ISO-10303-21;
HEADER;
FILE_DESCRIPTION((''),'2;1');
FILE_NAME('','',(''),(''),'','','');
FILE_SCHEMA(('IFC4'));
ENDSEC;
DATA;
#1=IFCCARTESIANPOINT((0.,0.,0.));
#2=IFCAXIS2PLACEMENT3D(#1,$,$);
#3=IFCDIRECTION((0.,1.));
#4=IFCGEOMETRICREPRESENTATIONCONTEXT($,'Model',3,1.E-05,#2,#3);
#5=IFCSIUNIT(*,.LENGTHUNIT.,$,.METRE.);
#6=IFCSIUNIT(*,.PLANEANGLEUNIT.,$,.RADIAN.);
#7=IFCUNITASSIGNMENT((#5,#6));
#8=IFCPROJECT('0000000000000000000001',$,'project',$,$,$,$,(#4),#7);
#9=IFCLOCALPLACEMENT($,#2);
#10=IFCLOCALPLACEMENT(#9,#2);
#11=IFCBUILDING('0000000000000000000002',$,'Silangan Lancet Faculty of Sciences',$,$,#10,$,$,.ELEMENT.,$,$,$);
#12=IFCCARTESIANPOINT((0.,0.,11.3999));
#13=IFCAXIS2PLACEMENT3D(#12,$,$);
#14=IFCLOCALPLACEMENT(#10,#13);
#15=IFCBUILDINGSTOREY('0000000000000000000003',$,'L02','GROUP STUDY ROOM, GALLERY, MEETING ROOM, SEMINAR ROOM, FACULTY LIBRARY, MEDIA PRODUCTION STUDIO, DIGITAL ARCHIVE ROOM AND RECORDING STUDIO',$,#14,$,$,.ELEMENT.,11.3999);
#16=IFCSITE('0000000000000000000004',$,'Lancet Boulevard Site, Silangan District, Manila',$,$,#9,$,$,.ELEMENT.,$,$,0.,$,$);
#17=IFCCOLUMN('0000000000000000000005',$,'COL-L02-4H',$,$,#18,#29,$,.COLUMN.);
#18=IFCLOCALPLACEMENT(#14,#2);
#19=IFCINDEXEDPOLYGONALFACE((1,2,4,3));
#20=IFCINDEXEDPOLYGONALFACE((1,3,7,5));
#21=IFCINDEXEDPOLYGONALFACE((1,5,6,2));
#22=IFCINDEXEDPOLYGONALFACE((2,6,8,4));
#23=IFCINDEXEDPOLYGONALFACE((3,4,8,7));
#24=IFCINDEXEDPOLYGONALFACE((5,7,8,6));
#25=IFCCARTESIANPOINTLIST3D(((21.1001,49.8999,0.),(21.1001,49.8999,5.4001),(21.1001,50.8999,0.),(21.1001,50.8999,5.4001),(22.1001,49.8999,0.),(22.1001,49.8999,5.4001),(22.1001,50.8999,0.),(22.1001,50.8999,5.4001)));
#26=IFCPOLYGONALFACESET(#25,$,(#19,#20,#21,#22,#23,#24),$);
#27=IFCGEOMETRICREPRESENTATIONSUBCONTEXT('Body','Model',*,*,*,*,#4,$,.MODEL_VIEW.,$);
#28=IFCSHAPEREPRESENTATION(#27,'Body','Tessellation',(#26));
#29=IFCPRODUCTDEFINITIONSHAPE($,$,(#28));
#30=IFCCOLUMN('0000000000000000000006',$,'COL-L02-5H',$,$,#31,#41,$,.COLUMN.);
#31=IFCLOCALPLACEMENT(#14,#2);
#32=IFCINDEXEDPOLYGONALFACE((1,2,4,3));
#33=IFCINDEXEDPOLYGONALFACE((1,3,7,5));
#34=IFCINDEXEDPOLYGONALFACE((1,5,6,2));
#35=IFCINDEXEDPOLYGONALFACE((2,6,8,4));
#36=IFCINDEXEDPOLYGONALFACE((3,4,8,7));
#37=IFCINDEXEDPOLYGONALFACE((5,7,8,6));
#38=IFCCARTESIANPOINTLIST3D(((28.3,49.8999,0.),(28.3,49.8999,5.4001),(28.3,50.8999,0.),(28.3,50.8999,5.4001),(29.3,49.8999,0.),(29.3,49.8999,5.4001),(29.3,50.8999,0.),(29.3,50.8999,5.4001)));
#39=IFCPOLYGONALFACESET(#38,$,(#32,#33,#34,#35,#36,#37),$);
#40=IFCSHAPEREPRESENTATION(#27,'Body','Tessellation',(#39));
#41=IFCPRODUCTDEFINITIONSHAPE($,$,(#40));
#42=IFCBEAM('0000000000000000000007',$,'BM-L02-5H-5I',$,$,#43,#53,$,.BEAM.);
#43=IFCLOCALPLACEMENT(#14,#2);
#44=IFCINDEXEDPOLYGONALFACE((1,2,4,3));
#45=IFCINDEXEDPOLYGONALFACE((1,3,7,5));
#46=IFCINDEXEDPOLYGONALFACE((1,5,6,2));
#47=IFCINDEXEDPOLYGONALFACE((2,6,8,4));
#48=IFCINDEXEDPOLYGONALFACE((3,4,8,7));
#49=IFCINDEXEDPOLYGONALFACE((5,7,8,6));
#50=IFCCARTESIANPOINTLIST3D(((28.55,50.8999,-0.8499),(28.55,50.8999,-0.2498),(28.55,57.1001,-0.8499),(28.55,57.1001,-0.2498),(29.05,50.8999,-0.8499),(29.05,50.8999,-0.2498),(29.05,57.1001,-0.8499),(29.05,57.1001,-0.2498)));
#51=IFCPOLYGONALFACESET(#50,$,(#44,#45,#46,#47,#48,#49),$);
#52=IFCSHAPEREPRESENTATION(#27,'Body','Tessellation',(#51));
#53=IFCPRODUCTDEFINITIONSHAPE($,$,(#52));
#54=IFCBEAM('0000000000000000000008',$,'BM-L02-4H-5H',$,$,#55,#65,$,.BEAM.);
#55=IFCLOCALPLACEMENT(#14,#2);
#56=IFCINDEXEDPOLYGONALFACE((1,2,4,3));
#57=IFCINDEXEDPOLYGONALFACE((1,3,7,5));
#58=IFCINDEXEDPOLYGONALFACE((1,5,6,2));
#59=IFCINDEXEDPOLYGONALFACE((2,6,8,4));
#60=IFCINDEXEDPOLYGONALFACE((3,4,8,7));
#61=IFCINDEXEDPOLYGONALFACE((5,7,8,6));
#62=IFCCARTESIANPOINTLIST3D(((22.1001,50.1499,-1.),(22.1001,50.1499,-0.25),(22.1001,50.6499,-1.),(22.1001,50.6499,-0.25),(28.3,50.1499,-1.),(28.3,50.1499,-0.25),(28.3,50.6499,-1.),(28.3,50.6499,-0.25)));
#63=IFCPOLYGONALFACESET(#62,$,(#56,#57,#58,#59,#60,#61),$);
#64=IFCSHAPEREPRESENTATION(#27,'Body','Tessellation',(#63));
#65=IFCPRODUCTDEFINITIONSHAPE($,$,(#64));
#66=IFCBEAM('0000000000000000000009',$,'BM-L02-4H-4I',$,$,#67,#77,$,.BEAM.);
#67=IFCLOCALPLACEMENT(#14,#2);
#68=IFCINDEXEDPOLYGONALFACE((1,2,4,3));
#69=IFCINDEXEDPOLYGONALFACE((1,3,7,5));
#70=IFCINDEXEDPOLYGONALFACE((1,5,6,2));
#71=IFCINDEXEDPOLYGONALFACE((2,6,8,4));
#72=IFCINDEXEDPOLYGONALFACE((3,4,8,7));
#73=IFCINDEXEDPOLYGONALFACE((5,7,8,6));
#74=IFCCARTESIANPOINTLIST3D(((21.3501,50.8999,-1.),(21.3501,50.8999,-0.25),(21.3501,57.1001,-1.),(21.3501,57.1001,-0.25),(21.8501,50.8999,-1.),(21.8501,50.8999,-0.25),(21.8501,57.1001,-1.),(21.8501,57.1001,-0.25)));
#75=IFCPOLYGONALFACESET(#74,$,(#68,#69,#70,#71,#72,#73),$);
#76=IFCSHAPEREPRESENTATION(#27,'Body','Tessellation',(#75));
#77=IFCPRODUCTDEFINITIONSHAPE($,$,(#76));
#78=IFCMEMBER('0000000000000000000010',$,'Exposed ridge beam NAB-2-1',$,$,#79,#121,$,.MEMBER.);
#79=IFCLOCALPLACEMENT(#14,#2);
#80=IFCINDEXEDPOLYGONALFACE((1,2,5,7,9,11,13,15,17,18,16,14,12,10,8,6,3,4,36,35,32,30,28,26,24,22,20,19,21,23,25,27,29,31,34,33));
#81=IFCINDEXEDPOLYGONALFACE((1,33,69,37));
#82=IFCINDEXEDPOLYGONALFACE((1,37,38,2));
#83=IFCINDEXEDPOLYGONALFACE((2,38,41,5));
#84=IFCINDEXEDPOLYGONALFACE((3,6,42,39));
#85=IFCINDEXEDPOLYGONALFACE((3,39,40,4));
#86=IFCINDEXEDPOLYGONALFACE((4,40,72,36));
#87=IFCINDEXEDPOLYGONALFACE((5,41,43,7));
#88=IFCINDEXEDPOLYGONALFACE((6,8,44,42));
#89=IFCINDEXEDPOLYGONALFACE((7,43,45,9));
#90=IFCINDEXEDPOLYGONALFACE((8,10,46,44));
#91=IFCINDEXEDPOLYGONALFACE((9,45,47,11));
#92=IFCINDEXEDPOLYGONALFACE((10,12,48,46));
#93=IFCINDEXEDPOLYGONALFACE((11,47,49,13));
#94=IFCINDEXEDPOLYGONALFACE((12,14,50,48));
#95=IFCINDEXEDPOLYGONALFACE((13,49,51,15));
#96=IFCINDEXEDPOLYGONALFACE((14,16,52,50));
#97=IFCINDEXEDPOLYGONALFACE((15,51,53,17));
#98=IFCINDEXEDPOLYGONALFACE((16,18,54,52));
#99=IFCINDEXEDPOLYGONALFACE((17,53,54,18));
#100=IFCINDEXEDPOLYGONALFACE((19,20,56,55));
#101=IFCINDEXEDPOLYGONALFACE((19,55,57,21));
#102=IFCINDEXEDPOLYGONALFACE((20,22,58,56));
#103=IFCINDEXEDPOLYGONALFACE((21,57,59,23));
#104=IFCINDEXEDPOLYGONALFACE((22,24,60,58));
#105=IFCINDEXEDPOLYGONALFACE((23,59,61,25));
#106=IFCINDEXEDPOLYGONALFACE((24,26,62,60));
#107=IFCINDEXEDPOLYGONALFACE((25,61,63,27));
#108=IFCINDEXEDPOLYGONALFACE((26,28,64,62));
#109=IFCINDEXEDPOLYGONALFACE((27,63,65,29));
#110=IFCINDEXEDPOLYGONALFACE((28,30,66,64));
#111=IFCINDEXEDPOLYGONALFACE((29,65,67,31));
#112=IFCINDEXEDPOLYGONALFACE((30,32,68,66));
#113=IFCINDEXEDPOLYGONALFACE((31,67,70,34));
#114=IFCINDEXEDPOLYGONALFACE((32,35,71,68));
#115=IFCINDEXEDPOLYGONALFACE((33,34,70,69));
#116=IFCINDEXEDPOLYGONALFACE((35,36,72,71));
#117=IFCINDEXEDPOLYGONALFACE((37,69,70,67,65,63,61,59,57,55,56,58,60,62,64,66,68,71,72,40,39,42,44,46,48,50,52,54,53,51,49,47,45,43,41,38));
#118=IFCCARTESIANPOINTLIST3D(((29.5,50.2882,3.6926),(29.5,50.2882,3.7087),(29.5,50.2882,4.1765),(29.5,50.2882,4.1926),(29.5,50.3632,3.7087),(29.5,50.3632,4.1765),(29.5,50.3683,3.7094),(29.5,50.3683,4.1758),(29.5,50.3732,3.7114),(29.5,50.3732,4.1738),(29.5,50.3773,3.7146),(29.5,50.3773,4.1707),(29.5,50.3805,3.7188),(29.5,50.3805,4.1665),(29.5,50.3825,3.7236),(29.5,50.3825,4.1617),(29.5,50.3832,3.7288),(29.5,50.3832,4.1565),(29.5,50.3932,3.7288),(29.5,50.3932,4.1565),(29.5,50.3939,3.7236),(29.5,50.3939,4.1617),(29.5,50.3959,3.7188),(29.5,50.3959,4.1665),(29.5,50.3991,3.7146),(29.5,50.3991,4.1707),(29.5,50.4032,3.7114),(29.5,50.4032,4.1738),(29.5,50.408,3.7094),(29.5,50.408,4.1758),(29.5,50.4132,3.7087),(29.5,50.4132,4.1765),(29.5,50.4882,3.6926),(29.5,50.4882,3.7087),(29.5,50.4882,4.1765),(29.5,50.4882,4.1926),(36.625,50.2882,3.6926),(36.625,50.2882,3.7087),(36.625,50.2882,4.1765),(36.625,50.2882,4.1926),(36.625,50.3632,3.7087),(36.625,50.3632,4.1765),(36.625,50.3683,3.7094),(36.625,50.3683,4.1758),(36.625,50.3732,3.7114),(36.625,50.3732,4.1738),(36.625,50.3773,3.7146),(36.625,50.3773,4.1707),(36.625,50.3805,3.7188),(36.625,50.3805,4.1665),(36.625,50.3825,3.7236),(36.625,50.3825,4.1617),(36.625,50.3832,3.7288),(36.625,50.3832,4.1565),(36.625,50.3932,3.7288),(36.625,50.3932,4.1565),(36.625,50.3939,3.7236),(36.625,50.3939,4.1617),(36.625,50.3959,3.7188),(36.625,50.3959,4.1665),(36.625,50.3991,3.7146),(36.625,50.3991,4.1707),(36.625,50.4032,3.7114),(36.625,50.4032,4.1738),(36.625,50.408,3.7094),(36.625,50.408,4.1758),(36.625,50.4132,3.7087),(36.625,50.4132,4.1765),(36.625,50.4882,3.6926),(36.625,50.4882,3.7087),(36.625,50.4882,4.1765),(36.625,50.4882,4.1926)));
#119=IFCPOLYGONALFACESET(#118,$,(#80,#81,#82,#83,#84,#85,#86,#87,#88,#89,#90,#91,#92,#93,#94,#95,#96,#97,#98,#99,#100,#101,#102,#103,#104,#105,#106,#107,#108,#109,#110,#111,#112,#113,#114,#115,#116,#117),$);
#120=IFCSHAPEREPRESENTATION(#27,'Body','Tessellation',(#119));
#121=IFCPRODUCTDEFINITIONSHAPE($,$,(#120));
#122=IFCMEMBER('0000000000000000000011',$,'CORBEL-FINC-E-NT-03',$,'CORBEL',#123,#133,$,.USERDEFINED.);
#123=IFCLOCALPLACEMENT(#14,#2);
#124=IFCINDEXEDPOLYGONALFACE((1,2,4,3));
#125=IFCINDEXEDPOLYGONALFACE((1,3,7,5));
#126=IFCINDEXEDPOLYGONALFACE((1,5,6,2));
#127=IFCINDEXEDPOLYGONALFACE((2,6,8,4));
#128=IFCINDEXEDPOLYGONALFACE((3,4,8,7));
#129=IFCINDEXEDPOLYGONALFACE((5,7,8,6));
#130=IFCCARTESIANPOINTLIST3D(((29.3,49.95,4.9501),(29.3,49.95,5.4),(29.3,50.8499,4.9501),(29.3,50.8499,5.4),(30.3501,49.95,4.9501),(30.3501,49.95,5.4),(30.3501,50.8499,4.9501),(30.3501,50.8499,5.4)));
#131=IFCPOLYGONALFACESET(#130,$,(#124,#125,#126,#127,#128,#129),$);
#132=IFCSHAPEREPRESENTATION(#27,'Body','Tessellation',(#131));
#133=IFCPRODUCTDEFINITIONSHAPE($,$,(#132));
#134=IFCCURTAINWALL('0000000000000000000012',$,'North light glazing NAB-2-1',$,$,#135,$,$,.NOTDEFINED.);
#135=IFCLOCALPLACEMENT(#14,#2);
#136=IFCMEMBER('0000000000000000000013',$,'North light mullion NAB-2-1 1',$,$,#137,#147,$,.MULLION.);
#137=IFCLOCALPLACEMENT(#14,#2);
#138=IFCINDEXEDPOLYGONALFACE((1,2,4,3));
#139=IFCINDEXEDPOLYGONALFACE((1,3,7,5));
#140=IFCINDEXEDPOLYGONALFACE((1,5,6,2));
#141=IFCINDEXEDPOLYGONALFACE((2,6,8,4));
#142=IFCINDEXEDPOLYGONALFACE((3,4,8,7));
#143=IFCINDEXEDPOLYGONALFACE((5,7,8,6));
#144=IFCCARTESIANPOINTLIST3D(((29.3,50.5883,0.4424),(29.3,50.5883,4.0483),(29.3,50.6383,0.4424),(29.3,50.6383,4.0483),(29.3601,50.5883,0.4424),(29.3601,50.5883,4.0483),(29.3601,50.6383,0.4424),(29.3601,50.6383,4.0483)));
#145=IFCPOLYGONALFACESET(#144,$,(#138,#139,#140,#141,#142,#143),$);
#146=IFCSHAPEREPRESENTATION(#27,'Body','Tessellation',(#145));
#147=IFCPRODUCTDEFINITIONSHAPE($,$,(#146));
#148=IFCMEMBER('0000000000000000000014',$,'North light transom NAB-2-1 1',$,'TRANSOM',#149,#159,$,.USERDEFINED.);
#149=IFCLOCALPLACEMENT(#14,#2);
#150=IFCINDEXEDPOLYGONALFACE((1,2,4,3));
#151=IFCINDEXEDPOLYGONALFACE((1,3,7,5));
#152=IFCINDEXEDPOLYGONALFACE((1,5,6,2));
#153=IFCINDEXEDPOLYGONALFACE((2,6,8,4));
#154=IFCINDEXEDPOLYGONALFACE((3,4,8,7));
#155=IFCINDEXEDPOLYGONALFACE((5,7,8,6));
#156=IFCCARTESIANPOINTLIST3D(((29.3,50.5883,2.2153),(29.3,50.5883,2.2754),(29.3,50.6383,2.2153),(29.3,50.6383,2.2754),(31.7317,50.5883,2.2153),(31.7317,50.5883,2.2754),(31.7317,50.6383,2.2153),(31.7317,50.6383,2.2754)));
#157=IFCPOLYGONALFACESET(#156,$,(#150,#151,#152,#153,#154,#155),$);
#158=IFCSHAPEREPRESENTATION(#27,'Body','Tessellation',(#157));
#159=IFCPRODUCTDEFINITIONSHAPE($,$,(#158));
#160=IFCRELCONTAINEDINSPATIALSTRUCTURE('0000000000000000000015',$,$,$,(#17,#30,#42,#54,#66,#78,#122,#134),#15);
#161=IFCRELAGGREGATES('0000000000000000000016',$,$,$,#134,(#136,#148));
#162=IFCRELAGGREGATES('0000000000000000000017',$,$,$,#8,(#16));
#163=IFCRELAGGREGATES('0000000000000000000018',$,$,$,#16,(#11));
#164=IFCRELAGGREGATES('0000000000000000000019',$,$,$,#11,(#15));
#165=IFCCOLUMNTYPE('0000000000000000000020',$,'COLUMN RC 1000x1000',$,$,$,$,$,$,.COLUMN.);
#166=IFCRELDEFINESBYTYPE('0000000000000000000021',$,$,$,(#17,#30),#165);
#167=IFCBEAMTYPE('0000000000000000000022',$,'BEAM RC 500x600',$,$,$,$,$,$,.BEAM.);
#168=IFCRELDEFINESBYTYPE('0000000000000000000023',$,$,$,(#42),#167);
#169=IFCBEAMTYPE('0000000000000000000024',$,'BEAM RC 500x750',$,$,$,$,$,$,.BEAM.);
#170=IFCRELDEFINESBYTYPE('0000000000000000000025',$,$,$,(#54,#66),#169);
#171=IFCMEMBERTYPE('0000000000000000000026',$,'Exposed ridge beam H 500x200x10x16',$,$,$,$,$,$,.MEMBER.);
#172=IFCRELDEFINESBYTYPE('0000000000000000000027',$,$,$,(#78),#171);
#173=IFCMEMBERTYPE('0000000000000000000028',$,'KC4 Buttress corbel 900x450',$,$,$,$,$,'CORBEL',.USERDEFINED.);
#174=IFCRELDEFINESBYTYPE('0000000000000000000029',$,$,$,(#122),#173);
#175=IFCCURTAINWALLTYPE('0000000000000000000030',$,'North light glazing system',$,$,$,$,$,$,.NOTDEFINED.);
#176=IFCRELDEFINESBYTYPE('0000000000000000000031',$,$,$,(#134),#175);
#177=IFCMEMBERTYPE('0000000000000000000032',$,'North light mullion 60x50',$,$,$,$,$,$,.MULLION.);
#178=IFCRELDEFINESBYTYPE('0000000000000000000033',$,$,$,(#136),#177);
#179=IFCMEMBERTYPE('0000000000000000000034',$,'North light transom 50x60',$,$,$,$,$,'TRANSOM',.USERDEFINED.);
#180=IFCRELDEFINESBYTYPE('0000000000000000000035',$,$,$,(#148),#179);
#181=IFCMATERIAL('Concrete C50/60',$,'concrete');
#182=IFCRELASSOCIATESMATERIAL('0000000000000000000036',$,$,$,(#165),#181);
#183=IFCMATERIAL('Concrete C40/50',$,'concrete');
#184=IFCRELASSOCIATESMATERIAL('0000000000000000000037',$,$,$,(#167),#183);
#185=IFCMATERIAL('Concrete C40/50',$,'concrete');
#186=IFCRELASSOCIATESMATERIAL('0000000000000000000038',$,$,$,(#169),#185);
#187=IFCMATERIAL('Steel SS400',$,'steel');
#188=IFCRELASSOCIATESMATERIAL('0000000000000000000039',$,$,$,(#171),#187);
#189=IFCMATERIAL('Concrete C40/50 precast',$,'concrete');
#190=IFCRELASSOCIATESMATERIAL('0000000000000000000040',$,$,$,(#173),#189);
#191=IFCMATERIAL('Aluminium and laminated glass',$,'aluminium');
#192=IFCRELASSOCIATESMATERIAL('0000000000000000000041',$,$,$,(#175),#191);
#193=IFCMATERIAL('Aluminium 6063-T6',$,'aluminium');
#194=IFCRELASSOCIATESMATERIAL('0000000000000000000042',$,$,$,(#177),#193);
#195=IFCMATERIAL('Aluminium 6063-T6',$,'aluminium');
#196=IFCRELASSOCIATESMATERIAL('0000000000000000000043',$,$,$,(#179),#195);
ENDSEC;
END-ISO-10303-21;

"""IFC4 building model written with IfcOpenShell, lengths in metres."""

from ifc_helpers import new_model, si_unit, direction, frame, origin, origin_2d, place, context, subcontext, project, spatial, rectangle, i_section, extrude, material, material_profile, profile_set, type_object, element, aggregate, save


model = new_model("IFC4")

# Units and contexts
model_context = context("Model", 3, precision=1e-05, world=origin(), true_north=direction((0.0, 1.0)))
body_context = subcontext(model_context, "Body", "Model", "MODEL_VIEW")
ifc_project = project(units=[si_unit("LENGTHUNIT", "METRE"), si_unit("PLANEANGLEUNIT", "RADIAN")], contexts=[model_context])

# Site, building, storey
site_placement = place(None, origin())
site = spatial("IfcSite", under=ifc_project, at=site_placement, Name="Lancet Boulevard Site, Silangan District, Manila", CompositionType="ELEMENT", RefElevation=0.0)
building_placement = place(site_placement, origin())
building = spatial("IfcBuilding", under=site, at=building_placement, Name="Silangan Lancet Faculty of Sciences", CompositionType="ELEMENT")
storey_placement = place(building_placement, frame((0.0, 0.0, 11.3999)))
storey = spatial("IfcBuildingStorey", under=building, at=storey_placement, Name="L02", Description="GROUP STUDY ROOM, GALLERY, MEETING ROOM, SEMINAR ROOM, FACULTY LIBRARY, MEDIA PRODUCTION STUDIO, DIGITAL ARCHIVE ROOM AND RECORDING STUDIO", CompositionType="ELEMENT", Elevation=11.3999)

# Columns
ifc_material_1 = material(Name="Concrete C50/60", Category="concrete")
ifc_material_profile_1 = material_profile(ifc_material_1, rectangle(XDim=1.0, YDim=1.0, at=origin_2d()), Name="RC 1000x1000")
ifc_profile_set_1 = profile_set([ifc_material_profile_1], Name="Concrete C50/60")
column_type = type_object("IfcColumnType", Name="COLUMN RC 1000x1000", PredefinedType="COLUMN", material=ifc_profile_set_1)
for number, where, z_axis, x_axis, name in (
    (1, (21.6001, 50.3999, 0.0), (0.0, 0.0, 1.0), (1.0, 0.0, 0.0), "COL-L02-4H"),
    (2, (28.8, 50.3999, 0.0), (0.0, 0.0, 1.0), (1.0, 0.0, 0.0), "COL-L02-5H"),
):
    element("IfcColumn", number, at=place(storey_placement, frame(where, z_axis=z_axis, x_axis=x_axis)), inside=storey, type_object=column_type, Name=name, PredefinedType="COLUMN", context=body_context, shape_type="SweptSolid", body=[
        extrude(rectangle(XDim=1.0, YDim=1.0, at=origin_2d()), origin(), (0.0, 0.0, 1.0), 5.4001),
    ])

# Beams
ifc_material_2 = material(Name="Concrete C40/50", Category="concrete")
ifc_material_profile_2 = material_profile(ifc_material_2, rectangle(XDim=0.5, YDim=0.6001, at=origin_2d()), Name="RC 500x600")
ifc_profile_set_2 = profile_set([ifc_material_profile_2], Name="Concrete C40/50")
beam_type_1 = type_object("IfcBeamType", Name="BEAM RC 500x600", PredefinedType="BEAM", material=ifc_profile_set_2)
beam_1_placement = place(storey_placement, frame((28.8, 50.8999, -0.5498), z_axis=(0.0, 1.0, 0.0), x_axis=(-1.0, 0.0, 0.0)))
element("IfcBeam", 3, at=beam_1_placement, inside=storey, type_object=beam_type_1, Name="BM-L02-5H-5I", PredefinedType="BEAM", context=body_context, shape_type="SweptSolid", body=[
    extrude(rectangle(XDim=0.5, YDim=0.6001, at=origin_2d()), origin(), (0.0, 0.0, 1.0), 6.2002),
])
ifc_material_3 = material(Name="Concrete C40/50", Category="concrete")
ifc_material_profile_3 = material_profile(ifc_material_3, rectangle(XDim=0.5, YDim=0.75, at=origin_2d()), Name="RC 500x750")
ifc_profile_set_3 = profile_set([ifc_material_profile_3], Name="Concrete C40/50")
beam_type_2 = type_object("IfcBeamType", Name="BEAM RC 500x750", PredefinedType="BEAM", material=ifc_profile_set_3)
beam_2_placement = place(storey_placement, frame((22.1001, 50.3999, -0.625), z_axis=(1.0, 0.0, 0.0), x_axis=(0.0, 1.0, 0.0)))
element("IfcBeam", 4, at=beam_2_placement, inside=storey, type_object=beam_type_2, Name="BM-L02-4H-5H", PredefinedType="BEAM", context=body_context, shape_type="SweptSolid", body=[
    extrude(rectangle(XDim=0.5, YDim=0.75, at=origin_2d()), origin(), (0.0, 0.0, 1.0), 6.2),
])
beam_3_placement = place(storey_placement, frame((21.6001, 50.8999, -0.625), z_axis=(0.0, 1.0, 0.0), x_axis=(-1.0, 0.0, 0.0)))
element("IfcBeam", 5, at=beam_3_placement, inside=storey, type_object=beam_type_2, Name="BM-L02-4H-4I", PredefinedType="BEAM", context=body_context, shape_type="SweptSolid", body=[
    extrude(rectangle(XDim=0.5, YDim=0.75, at=origin_2d()), origin(), (0.0, 0.0, 1.0), 6.2002),
])

# Members
ifc_material_4 = material(Name="Steel SS400", Category="steel")
ifc_material_profile_4 = material_profile(ifc_material_4, i_section(OverallWidth=0.2, OverallDepth=0.5, WebThickness=0.01, FlangeThickness=0.0161, FilletRadius=0.02, at=origin_2d()), Name="H 500x200x10x16")
ifc_profile_set_4 = profile_set([ifc_material_profile_4], Name="Steel SS400")
member_type_1 = type_object("IfcMemberType", Name="Exposed ridge beam H 500x200x10x16", PredefinedType="MEMBER", material=ifc_profile_set_4)
member_1_placement = place(storey_placement, frame((29.5, 50.3882, 3.9426), z_axis=(1.0, 0.0, 0.0), x_axis=(0.0, 1.0, 0.0)))
element("IfcMember", 6, at=member_1_placement, inside=storey, type_object=member_type_1, Name="Exposed ridge beam NAB-2-1", PredefinedType="MEMBER", context=body_context, shape_type="SweptSolid", body=[
    extrude(i_section(OverallWidth=0.2, OverallDepth=0.5, WebThickness=0.01, FlangeThickness=0.0161, FilletRadius=0.02, at=origin_2d()), origin(), (0.0, 0.0, 1.0), 7.125),
])
ifc_material_5 = material(Name="Concrete C40/50 precast", Category="concrete")
ifc_material_profile_5 = material_profile(ifc_material_5, rectangle(XDim=0.8999, YDim=0.45, at=origin_2d()), Name="RC 900x450")
ifc_profile_set_5 = profile_set([ifc_material_profile_5], Name="Concrete C40/50 precast")
member_type_2 = type_object("IfcMemberType", Name="KC4 Buttress corbel 900x450", ElementType="CORBEL", PredefinedType="USERDEFINED", material=ifc_profile_set_5)
member_2_placement = place(storey_placement, frame((29.3, 50.3999, 5.175), z_axis=(1.0, 0.0, 0.0), x_axis=(0.0, 1.0, 0.0)))
element("IfcMember", 7, at=member_2_placement, inside=storey, type_object=member_type_2, Name="CORBEL-FINC-E-NT-03", ObjectType="CORBEL", PredefinedType="USERDEFINED", context=body_context, shape_type="SweptSolid", body=[
    extrude(rectangle(XDim=0.8999, YDim=0.45, at=origin_2d()), origin(), (0.0, 0.0, 1.0), 1.05),
])

# Curtain wall, members
ifc_material_6 = material(Name="Aluminium and laminated glass", Category="aluminium")
curtain_wall_type = type_object("IfcCurtainWallType", Name="North light glazing system", PredefinedType="NOTDEFINED", material=ifc_material_6)
curtain_wall_placement = place(storey_placement, origin())
curtain_wall = element("IfcCurtainWall", 8, at=curtain_wall_placement, inside=storey, type_object=curtain_wall_type, Name="North light glazing NAB-2-1", PredefinedType="NOTDEFINED")
ifc_material_7 = material(Name="Aluminium 6063-T6", Category="aluminium")
ifc_material_profile_6 = material_profile(ifc_material_7, rectangle(XDim=0.0601, YDim=0.05, at=origin_2d()), Name="AL 60x50")
ifc_profile_set_6 = profile_set([ifc_material_profile_6], Name="Aluminium 6063-T6")
member_type_3 = type_object("IfcMemberType", Name="North light mullion 60x50", PredefinedType="MULLION", material=ifc_profile_set_6)
member_3_placement = place(storey_placement, frame((29.3301, 50.6133, 0.4424), z_axis=(0.0, 0.0, 1.0), x_axis=(1.0, 0.0, 0.0)))
member_3 = element("IfcMember", 9, at=member_3_placement, type_object=member_type_3, Name="North light mullion NAB-2-1 1", PredefinedType="MULLION", context=body_context, shape_type="SweptSolid", body=[
    extrude(rectangle(XDim=0.0601, YDim=0.05, at=origin_2d()), origin(), (0.0, 0.0, 1.0), 3.606),
])
ifc_material_8 = material(Name="Aluminium 6063-T6", Category="aluminium")
ifc_material_profile_7 = material_profile(ifc_material_8, rectangle(XDim=0.05, YDim=0.0601, at=origin_2d()), Name="AL 50x60")
ifc_profile_set_7 = profile_set([ifc_material_profile_7], Name="Aluminium 6063-T6")
member_type_4 = type_object("IfcMemberType", Name="North light transom 50x60", ElementType="TRANSOM", PredefinedType="USERDEFINED", material=ifc_profile_set_7)
member_4_placement = place(storey_placement, frame((29.3, 50.6133, 2.2454), z_axis=(1.0, 0.0, 0.0), x_axis=(0.0, 1.0, 0.0)))
member_4 = element("IfcMember", 10, at=member_4_placement, type_object=member_type_4, Name="North light transom NAB-2-1 1", ObjectType="TRANSOM", PredefinedType="USERDEFINED", context=body_context, shape_type="SweptSolid", body=[
    extrude(rectangle(XDim=0.05, YDim=0.0601, at=origin_2d()), origin(), (0.0, 0.0, 1.0), 2.4316),
])

aggregate(curtain_wall, [member_3, member_4])

save(model, "model.ifc")
